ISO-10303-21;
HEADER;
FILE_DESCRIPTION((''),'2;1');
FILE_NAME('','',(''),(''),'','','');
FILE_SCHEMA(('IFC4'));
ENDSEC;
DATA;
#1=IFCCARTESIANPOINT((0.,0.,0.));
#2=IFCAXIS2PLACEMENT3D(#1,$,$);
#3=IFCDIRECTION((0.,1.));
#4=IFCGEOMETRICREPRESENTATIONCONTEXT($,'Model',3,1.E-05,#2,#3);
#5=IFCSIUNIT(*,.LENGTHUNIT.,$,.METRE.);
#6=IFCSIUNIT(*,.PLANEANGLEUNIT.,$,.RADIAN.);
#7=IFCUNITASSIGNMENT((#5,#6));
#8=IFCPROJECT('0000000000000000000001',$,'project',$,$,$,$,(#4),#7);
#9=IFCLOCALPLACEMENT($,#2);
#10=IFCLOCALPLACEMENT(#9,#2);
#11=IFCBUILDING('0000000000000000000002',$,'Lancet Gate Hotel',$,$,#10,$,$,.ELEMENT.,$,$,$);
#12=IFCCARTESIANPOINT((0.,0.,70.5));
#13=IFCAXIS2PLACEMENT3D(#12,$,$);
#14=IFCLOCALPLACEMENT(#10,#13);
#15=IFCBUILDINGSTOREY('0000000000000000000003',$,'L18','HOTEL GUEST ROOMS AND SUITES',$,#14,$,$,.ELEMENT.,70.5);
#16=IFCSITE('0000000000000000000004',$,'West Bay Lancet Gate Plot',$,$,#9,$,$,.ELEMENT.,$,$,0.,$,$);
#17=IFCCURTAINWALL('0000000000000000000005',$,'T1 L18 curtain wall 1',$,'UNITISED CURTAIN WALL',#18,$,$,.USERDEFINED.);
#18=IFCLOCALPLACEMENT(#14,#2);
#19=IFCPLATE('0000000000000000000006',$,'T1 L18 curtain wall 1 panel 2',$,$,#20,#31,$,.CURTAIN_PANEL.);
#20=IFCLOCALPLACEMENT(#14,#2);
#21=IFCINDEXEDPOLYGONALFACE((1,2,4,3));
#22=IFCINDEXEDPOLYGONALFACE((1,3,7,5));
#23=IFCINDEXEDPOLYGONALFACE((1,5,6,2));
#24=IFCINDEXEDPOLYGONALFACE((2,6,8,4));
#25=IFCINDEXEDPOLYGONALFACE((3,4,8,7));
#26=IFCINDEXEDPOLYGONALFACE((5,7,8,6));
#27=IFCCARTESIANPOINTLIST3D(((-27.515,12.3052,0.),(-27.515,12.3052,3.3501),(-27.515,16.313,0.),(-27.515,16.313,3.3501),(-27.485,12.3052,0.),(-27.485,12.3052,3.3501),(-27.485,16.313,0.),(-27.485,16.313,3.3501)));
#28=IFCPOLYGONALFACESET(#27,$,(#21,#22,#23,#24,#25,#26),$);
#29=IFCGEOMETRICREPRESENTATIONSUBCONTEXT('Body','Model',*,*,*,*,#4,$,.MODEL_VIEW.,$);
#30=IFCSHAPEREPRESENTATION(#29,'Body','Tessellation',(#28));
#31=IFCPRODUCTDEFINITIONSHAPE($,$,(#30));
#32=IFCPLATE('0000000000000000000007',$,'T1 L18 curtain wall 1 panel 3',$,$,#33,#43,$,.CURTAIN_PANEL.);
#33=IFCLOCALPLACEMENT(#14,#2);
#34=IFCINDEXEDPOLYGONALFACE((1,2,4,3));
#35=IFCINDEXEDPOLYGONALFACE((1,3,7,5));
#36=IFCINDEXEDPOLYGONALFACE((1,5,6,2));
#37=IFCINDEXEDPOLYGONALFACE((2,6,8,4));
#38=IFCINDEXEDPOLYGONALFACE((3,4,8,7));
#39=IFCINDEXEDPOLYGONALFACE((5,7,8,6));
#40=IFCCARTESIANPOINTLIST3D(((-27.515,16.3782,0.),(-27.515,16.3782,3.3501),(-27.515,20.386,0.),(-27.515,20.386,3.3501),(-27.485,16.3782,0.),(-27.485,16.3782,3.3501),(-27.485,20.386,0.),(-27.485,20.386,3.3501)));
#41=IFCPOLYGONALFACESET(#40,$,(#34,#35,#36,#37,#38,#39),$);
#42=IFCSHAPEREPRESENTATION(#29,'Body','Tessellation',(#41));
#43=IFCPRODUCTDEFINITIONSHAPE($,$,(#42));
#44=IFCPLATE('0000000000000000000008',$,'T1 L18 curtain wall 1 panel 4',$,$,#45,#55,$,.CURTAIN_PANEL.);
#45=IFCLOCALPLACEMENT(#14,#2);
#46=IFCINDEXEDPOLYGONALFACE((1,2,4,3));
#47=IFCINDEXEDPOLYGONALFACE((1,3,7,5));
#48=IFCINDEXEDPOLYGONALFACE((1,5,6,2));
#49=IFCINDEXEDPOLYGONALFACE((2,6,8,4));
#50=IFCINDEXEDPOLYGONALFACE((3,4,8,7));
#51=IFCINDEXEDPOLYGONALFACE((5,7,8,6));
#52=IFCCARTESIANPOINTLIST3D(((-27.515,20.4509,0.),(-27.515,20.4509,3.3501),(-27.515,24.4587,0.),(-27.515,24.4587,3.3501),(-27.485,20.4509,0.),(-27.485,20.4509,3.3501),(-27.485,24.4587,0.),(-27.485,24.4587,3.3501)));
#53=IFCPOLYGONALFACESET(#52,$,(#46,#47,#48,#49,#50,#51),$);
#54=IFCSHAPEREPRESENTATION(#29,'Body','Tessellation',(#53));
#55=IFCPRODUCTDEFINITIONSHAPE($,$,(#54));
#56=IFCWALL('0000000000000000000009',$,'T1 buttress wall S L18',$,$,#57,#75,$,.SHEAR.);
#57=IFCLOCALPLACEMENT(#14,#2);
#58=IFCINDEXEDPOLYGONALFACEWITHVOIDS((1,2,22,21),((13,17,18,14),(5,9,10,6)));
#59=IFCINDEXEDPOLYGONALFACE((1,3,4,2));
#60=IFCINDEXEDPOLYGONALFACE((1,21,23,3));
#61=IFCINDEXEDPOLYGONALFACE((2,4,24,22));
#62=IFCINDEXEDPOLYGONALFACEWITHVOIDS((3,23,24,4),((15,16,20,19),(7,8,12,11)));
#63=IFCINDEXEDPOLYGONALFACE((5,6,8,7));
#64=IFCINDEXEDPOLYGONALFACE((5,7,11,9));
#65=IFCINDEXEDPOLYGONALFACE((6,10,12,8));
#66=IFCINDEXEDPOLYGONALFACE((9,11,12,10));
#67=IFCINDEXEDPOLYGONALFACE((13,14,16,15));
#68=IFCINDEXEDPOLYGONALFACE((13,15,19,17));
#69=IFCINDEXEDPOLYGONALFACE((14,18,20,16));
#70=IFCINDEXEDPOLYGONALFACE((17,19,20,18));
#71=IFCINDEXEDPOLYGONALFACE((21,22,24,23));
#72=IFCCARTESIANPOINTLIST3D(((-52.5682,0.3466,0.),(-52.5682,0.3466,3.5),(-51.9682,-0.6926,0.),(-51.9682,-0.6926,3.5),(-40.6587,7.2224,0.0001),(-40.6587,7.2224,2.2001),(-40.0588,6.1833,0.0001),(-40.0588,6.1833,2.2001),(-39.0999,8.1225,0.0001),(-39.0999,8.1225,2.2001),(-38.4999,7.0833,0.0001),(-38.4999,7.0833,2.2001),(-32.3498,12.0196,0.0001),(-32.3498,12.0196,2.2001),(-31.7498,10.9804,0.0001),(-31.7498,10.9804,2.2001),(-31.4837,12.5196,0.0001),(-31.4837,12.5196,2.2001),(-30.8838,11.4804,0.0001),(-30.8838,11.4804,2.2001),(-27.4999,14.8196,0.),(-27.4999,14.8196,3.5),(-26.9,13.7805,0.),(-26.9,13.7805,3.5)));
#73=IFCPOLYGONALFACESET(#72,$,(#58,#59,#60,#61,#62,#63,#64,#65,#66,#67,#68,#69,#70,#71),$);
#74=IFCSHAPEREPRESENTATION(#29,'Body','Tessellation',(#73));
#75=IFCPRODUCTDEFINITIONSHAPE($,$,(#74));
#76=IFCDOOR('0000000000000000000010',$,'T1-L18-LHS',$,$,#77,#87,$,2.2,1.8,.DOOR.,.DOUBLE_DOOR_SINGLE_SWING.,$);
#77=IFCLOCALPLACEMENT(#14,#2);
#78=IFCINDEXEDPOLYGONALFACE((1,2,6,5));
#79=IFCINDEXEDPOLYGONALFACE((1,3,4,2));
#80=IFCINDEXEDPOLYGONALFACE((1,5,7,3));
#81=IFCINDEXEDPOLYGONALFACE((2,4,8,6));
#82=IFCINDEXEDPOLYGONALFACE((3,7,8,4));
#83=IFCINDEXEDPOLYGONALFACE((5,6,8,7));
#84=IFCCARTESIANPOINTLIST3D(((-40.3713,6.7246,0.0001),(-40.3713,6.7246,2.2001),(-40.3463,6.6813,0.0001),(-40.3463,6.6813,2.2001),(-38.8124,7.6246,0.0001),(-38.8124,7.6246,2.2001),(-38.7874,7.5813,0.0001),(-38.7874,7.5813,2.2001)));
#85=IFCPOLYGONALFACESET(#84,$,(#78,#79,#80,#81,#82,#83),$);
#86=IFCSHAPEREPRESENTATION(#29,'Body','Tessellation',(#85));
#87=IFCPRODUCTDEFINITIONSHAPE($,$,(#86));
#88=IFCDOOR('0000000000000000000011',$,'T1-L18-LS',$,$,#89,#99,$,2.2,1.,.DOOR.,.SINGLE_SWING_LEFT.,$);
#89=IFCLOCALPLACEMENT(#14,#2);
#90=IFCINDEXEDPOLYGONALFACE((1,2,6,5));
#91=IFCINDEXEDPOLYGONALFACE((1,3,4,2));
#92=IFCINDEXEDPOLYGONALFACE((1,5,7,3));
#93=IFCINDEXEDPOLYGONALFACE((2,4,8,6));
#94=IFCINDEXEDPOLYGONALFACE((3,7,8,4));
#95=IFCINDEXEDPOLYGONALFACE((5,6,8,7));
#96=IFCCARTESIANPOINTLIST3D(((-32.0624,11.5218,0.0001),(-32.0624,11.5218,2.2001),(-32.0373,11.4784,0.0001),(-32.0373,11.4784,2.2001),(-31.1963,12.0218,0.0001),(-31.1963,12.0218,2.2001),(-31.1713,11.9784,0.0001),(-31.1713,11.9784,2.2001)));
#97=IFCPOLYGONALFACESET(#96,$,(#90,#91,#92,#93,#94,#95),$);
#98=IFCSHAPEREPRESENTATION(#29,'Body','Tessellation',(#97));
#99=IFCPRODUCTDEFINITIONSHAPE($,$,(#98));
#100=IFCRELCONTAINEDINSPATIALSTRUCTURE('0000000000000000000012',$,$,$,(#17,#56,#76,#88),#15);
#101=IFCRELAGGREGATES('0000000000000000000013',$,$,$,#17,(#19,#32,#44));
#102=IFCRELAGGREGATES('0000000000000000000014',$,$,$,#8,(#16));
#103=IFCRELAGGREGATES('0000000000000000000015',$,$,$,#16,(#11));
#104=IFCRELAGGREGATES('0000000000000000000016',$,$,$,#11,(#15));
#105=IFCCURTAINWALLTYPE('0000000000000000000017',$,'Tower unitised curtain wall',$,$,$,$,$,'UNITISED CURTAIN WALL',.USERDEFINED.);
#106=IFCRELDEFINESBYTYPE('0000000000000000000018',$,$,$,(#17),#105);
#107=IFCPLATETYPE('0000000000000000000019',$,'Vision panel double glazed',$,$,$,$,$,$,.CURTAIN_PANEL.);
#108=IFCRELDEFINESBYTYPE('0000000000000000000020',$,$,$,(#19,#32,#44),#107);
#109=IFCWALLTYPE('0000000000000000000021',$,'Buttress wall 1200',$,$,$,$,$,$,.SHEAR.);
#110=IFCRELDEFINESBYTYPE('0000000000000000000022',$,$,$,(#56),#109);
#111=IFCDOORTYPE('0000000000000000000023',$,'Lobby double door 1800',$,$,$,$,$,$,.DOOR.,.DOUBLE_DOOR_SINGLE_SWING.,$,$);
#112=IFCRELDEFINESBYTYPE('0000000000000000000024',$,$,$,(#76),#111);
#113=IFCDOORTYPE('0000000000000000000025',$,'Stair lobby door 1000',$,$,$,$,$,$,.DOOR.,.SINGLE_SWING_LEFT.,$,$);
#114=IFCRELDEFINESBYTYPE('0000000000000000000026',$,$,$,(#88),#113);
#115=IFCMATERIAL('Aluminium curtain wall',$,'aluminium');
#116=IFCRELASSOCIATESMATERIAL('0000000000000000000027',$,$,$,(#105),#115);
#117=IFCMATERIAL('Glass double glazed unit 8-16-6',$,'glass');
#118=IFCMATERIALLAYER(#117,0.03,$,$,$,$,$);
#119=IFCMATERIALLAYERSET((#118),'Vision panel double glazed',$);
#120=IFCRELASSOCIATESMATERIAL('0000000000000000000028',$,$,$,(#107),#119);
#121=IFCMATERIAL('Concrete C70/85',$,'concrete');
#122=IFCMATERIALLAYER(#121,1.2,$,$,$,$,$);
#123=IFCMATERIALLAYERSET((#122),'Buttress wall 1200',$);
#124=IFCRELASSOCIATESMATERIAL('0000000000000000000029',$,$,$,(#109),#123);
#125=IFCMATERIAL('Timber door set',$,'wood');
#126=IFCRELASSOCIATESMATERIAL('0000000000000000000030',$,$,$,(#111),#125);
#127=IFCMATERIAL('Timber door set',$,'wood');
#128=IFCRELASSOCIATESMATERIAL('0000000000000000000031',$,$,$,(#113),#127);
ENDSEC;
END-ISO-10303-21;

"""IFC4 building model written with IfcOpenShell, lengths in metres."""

from ifc_helpers import new_model, si_unit, direction, frame, frame_2d, origin, origin_2d, place, context, subcontext, project, spatial, rectangle, extrude, material, layer, layer_set, type_object, element, fill, aggregate, save


model = new_model("IFC4")

# Units and contexts
model_context = context("Model", 3, precision=1e-05, world=origin(), true_north=direction((0.0, 1.0)))
body_context = subcontext(model_context, "Body", "Model", "MODEL_VIEW")
ifc_project = project(units=[si_unit("LENGTHUNIT", "METRE"), si_unit("PLANEANGLEUNIT", "RADIAN")], contexts=[model_context])

# Site, building, storey
site_placement = place(None, origin())
site = spatial("IfcSite", under=ifc_project, at=site_placement, Name="West Bay Lancet Gate Plot", CompositionType="ELEMENT", RefElevation=0.0)
building_placement = place(site_placement, origin())
building = spatial("IfcBuilding", under=site, at=building_placement, Name="Lancet Gate Hotel", CompositionType="ELEMENT")
storey_placement = place(building_placement, frame((0.0, 0.0, 70.5)))
storey = spatial("IfcBuildingStorey", under=building, at=storey_placement, Name="L18", Description="HOTEL GUEST ROOMS AND SUITES", CompositionType="ELEMENT", Elevation=70.5)

# Curtain wall
ifc_material_1 = material(Name="Aluminium curtain wall", Category="aluminium")
curtain_wall_type = type_object("IfcCurtainWallType", Name="Tower unitised curtain wall", ElementType="UNITISED CURTAIN WALL", PredefinedType="USERDEFINED", material=ifc_material_1)
curtain_wall_placement = place(storey_placement, origin())
curtain_wall = element("IfcCurtainWall", 1, at=curtain_wall_placement, inside=storey, type_object=curtain_wall_type, Name="T1 L18 curtain wall 1", ObjectType="UNITISED CURTAIN WALL", PredefinedType="USERDEFINED")

# Plates
ifc_material_2 = material(Name="Glass double glazed unit 8-16-6", Category="glass")
ifc_layer_1 = layer(ifc_material_2, 0.03)
ifc_layer_set_1 = layer_set([ifc_layer_1], Name="Vision panel double glazed")
plate_type = type_object("IfcPlateType", Name="Vision panel double glazed", PredefinedType="CURTAIN_PANEL", material=ifc_layer_set_1)
plate_1_placement = place(storey_placement, frame((-27.5, 14.3091, 0.0), z_axis=(0.0, 0.0, 1.0), x_axis=(0.0, 1.0, 0.0)))
plate_1 = element("IfcPlate", 2, at=plate_1_placement, type_object=plate_type, Name="T1 L18 curtain wall 1 panel 2", PredefinedType="CURTAIN_PANEL", context=body_context, shape_type="SweptSolid", body=[
    extrude(rectangle(XDim=4.0078, YDim=0.03, at=origin_2d()), origin(), (0.0, 0.0, 1.0), 3.3501),
])
plate_2_placement = place(storey_placement, frame((-27.5, 18.3821, 0.0), z_axis=(0.0, 0.0, 1.0), x_axis=(0.0, 1.0, 0.0)))
plate_2 = element("IfcPlate", 3, at=plate_2_placement, type_object=plate_type, Name="T1 L18 curtain wall 1 panel 3", PredefinedType="CURTAIN_PANEL", context=body_context, shape_type="SweptSolid", body=[
    extrude(rectangle(XDim=4.0078, YDim=0.03, at=origin_2d()), origin(), (0.0, 0.0, 1.0), 3.3501),
])
plate_3_placement = place(storey_placement, frame((-27.5, 22.4548, 0.0), z_axis=(0.0, 0.0, 1.0), x_axis=(0.0, 1.0, 0.0)))
plate_3 = element("IfcPlate", 4, at=plate_3_placement, type_object=plate_type, Name="T1 L18 curtain wall 1 panel 4", PredefinedType="CURTAIN_PANEL", context=body_context, shape_type="SweptSolid", body=[
    extrude(rectangle(XDim=4.0078, YDim=0.03, at=origin_2d()), origin(), (0.0, 0.0, 1.0), 3.3501),
])
aggregate(curtain_wall, [plate_1, plate_2, plate_3])

# Wall, openings, doors
ifc_material_3 = material(Name="Concrete C70/85", Category="concrete")
ifc_layer_2 = layer(ifc_material_3, 1.2)
ifc_layer_set_2 = layer_set([ifc_layer_2], Name="Buttress wall 1200")
wall_type = type_object("IfcWallType", Name="Buttress wall 1200", PredefinedType="SHEAR", material=ifc_layer_set_2)
wall_placement = place(storey_placement, frame((-27.2, 14.3, 0.0), z_axis=(0.0, 0.0, 1.0), x_axis=(-0.866027, -0.499998, 0.0)))
wall = element("IfcWall", 5, at=wall_placement, inside=storey, type_object=wall_type, Name="T1 buttress wall S L18", PredefinedType="SHEAR", context=body_context, shape_type="SweptSolid", body=[
    extrude(rectangle(XDim=28.9463, YDim=1.2, at=frame_2d((14.4731, 0.0))), origin(), (0.0, 0.0, 1.0), 3.5),
])
opening_1_placement = place(wall_placement, frame((4.6001, 0.0, 0.0)))
opening_1 = element("IfcOpeningElement", 6, at=opening_1_placement, cuts=wall, PredefinedType="OPENING", context=body_context, shape_type="SweptSolid", body=[
    extrude(rectangle(XDim=1.0, YDim=2.2, at=frame_2d((0.5, 1.1001))), frame((0.0, 0.6099, 0.0), z_axis=(0.0, -1.0, 0.0), x_axis=(1.0, 0.0, 0.0)), (0.0, 0.0, 1.0), 1.22),
])
opening_2_placement = place(wall_placement, frame((13.3945, 0.0, 0.0)))
opening_2 = element("IfcOpeningElement", 7, at=opening_2_placement, cuts=wall, PredefinedType="OPENING", context=body_context, shape_type="SweptSolid", body=[
    extrude(rectangle(XDim=1.8, YDim=2.2, at=frame_2d((0.8999, 1.1001))), frame((0.0, 0.6099, 0.0), z_axis=(0.0, -1.0, 0.0), x_axis=(1.0, 0.0, 0.0)), (0.0, 0.0, 1.0), 1.22),
])
ifc_material_4 = material(Name="Timber door set", Category="wood")
door_type_1 = type_object("IfcDoorType", Name="Lobby double door 1800", OperationType="DOUBLE_DOOR_SINGLE_SWING", PredefinedType="DOOR", material=ifc_material_4)
door_1_placement = place(opening_2_placement, origin())
door_1 = element("IfcDoor", 8, at=door_1_placement, inside=storey, type_object=door_type_1, Name="T1-L18-LHS", OperationType="DOUBLE_DOOR_SINGLE_SWING", OverallHeight=2.2, OverallWidth=1.8, PredefinedType="DOOR", context=body_context, shape_type="SweptSolid", body=[
    extrude(rectangle(XDim=1.8, YDim=2.2, at=frame_2d((0.8999, 1.1001))), frame((0.0, 0.0249, 0.0), z_axis=(0.0, -1.0, 0.0), x_axis=(1.0, 0.0, 0.0)), (0.0, 0.0, 1.0), 0.05),
])
fill(opening_2, door_1)
ifc_material_5 = material(Name="Timber door set", Category="wood")
door_type_2 = type_object("IfcDoorType", Name="Stair lobby door 1000", OperationType="SINGLE_SWING_LEFT", PredefinedType="DOOR", material=ifc_material_5)
door_2_placement = place(opening_1_placement, origin())
door_2 = element("IfcDoor", 9, at=door_2_placement, inside=storey, type_object=door_type_2, Name="T1-L18-LS", OperationType="SINGLE_SWING_LEFT", OverallHeight=2.2, OverallWidth=1.0, PredefinedType="DOOR", context=body_context, shape_type="SweptSolid", body=[
    extrude(rectangle(XDim=1.0, YDim=2.2, at=frame_2d((0.5, 1.1001))), frame((0.0, 0.0249, 0.0), z_axis=(0.0, -1.0, 0.0), x_axis=(1.0, 0.0, 0.0)), (0.0, 0.0, 1.0), 0.05),
])
fill(opening_1, door_2)

save(model, "model.ifc")
